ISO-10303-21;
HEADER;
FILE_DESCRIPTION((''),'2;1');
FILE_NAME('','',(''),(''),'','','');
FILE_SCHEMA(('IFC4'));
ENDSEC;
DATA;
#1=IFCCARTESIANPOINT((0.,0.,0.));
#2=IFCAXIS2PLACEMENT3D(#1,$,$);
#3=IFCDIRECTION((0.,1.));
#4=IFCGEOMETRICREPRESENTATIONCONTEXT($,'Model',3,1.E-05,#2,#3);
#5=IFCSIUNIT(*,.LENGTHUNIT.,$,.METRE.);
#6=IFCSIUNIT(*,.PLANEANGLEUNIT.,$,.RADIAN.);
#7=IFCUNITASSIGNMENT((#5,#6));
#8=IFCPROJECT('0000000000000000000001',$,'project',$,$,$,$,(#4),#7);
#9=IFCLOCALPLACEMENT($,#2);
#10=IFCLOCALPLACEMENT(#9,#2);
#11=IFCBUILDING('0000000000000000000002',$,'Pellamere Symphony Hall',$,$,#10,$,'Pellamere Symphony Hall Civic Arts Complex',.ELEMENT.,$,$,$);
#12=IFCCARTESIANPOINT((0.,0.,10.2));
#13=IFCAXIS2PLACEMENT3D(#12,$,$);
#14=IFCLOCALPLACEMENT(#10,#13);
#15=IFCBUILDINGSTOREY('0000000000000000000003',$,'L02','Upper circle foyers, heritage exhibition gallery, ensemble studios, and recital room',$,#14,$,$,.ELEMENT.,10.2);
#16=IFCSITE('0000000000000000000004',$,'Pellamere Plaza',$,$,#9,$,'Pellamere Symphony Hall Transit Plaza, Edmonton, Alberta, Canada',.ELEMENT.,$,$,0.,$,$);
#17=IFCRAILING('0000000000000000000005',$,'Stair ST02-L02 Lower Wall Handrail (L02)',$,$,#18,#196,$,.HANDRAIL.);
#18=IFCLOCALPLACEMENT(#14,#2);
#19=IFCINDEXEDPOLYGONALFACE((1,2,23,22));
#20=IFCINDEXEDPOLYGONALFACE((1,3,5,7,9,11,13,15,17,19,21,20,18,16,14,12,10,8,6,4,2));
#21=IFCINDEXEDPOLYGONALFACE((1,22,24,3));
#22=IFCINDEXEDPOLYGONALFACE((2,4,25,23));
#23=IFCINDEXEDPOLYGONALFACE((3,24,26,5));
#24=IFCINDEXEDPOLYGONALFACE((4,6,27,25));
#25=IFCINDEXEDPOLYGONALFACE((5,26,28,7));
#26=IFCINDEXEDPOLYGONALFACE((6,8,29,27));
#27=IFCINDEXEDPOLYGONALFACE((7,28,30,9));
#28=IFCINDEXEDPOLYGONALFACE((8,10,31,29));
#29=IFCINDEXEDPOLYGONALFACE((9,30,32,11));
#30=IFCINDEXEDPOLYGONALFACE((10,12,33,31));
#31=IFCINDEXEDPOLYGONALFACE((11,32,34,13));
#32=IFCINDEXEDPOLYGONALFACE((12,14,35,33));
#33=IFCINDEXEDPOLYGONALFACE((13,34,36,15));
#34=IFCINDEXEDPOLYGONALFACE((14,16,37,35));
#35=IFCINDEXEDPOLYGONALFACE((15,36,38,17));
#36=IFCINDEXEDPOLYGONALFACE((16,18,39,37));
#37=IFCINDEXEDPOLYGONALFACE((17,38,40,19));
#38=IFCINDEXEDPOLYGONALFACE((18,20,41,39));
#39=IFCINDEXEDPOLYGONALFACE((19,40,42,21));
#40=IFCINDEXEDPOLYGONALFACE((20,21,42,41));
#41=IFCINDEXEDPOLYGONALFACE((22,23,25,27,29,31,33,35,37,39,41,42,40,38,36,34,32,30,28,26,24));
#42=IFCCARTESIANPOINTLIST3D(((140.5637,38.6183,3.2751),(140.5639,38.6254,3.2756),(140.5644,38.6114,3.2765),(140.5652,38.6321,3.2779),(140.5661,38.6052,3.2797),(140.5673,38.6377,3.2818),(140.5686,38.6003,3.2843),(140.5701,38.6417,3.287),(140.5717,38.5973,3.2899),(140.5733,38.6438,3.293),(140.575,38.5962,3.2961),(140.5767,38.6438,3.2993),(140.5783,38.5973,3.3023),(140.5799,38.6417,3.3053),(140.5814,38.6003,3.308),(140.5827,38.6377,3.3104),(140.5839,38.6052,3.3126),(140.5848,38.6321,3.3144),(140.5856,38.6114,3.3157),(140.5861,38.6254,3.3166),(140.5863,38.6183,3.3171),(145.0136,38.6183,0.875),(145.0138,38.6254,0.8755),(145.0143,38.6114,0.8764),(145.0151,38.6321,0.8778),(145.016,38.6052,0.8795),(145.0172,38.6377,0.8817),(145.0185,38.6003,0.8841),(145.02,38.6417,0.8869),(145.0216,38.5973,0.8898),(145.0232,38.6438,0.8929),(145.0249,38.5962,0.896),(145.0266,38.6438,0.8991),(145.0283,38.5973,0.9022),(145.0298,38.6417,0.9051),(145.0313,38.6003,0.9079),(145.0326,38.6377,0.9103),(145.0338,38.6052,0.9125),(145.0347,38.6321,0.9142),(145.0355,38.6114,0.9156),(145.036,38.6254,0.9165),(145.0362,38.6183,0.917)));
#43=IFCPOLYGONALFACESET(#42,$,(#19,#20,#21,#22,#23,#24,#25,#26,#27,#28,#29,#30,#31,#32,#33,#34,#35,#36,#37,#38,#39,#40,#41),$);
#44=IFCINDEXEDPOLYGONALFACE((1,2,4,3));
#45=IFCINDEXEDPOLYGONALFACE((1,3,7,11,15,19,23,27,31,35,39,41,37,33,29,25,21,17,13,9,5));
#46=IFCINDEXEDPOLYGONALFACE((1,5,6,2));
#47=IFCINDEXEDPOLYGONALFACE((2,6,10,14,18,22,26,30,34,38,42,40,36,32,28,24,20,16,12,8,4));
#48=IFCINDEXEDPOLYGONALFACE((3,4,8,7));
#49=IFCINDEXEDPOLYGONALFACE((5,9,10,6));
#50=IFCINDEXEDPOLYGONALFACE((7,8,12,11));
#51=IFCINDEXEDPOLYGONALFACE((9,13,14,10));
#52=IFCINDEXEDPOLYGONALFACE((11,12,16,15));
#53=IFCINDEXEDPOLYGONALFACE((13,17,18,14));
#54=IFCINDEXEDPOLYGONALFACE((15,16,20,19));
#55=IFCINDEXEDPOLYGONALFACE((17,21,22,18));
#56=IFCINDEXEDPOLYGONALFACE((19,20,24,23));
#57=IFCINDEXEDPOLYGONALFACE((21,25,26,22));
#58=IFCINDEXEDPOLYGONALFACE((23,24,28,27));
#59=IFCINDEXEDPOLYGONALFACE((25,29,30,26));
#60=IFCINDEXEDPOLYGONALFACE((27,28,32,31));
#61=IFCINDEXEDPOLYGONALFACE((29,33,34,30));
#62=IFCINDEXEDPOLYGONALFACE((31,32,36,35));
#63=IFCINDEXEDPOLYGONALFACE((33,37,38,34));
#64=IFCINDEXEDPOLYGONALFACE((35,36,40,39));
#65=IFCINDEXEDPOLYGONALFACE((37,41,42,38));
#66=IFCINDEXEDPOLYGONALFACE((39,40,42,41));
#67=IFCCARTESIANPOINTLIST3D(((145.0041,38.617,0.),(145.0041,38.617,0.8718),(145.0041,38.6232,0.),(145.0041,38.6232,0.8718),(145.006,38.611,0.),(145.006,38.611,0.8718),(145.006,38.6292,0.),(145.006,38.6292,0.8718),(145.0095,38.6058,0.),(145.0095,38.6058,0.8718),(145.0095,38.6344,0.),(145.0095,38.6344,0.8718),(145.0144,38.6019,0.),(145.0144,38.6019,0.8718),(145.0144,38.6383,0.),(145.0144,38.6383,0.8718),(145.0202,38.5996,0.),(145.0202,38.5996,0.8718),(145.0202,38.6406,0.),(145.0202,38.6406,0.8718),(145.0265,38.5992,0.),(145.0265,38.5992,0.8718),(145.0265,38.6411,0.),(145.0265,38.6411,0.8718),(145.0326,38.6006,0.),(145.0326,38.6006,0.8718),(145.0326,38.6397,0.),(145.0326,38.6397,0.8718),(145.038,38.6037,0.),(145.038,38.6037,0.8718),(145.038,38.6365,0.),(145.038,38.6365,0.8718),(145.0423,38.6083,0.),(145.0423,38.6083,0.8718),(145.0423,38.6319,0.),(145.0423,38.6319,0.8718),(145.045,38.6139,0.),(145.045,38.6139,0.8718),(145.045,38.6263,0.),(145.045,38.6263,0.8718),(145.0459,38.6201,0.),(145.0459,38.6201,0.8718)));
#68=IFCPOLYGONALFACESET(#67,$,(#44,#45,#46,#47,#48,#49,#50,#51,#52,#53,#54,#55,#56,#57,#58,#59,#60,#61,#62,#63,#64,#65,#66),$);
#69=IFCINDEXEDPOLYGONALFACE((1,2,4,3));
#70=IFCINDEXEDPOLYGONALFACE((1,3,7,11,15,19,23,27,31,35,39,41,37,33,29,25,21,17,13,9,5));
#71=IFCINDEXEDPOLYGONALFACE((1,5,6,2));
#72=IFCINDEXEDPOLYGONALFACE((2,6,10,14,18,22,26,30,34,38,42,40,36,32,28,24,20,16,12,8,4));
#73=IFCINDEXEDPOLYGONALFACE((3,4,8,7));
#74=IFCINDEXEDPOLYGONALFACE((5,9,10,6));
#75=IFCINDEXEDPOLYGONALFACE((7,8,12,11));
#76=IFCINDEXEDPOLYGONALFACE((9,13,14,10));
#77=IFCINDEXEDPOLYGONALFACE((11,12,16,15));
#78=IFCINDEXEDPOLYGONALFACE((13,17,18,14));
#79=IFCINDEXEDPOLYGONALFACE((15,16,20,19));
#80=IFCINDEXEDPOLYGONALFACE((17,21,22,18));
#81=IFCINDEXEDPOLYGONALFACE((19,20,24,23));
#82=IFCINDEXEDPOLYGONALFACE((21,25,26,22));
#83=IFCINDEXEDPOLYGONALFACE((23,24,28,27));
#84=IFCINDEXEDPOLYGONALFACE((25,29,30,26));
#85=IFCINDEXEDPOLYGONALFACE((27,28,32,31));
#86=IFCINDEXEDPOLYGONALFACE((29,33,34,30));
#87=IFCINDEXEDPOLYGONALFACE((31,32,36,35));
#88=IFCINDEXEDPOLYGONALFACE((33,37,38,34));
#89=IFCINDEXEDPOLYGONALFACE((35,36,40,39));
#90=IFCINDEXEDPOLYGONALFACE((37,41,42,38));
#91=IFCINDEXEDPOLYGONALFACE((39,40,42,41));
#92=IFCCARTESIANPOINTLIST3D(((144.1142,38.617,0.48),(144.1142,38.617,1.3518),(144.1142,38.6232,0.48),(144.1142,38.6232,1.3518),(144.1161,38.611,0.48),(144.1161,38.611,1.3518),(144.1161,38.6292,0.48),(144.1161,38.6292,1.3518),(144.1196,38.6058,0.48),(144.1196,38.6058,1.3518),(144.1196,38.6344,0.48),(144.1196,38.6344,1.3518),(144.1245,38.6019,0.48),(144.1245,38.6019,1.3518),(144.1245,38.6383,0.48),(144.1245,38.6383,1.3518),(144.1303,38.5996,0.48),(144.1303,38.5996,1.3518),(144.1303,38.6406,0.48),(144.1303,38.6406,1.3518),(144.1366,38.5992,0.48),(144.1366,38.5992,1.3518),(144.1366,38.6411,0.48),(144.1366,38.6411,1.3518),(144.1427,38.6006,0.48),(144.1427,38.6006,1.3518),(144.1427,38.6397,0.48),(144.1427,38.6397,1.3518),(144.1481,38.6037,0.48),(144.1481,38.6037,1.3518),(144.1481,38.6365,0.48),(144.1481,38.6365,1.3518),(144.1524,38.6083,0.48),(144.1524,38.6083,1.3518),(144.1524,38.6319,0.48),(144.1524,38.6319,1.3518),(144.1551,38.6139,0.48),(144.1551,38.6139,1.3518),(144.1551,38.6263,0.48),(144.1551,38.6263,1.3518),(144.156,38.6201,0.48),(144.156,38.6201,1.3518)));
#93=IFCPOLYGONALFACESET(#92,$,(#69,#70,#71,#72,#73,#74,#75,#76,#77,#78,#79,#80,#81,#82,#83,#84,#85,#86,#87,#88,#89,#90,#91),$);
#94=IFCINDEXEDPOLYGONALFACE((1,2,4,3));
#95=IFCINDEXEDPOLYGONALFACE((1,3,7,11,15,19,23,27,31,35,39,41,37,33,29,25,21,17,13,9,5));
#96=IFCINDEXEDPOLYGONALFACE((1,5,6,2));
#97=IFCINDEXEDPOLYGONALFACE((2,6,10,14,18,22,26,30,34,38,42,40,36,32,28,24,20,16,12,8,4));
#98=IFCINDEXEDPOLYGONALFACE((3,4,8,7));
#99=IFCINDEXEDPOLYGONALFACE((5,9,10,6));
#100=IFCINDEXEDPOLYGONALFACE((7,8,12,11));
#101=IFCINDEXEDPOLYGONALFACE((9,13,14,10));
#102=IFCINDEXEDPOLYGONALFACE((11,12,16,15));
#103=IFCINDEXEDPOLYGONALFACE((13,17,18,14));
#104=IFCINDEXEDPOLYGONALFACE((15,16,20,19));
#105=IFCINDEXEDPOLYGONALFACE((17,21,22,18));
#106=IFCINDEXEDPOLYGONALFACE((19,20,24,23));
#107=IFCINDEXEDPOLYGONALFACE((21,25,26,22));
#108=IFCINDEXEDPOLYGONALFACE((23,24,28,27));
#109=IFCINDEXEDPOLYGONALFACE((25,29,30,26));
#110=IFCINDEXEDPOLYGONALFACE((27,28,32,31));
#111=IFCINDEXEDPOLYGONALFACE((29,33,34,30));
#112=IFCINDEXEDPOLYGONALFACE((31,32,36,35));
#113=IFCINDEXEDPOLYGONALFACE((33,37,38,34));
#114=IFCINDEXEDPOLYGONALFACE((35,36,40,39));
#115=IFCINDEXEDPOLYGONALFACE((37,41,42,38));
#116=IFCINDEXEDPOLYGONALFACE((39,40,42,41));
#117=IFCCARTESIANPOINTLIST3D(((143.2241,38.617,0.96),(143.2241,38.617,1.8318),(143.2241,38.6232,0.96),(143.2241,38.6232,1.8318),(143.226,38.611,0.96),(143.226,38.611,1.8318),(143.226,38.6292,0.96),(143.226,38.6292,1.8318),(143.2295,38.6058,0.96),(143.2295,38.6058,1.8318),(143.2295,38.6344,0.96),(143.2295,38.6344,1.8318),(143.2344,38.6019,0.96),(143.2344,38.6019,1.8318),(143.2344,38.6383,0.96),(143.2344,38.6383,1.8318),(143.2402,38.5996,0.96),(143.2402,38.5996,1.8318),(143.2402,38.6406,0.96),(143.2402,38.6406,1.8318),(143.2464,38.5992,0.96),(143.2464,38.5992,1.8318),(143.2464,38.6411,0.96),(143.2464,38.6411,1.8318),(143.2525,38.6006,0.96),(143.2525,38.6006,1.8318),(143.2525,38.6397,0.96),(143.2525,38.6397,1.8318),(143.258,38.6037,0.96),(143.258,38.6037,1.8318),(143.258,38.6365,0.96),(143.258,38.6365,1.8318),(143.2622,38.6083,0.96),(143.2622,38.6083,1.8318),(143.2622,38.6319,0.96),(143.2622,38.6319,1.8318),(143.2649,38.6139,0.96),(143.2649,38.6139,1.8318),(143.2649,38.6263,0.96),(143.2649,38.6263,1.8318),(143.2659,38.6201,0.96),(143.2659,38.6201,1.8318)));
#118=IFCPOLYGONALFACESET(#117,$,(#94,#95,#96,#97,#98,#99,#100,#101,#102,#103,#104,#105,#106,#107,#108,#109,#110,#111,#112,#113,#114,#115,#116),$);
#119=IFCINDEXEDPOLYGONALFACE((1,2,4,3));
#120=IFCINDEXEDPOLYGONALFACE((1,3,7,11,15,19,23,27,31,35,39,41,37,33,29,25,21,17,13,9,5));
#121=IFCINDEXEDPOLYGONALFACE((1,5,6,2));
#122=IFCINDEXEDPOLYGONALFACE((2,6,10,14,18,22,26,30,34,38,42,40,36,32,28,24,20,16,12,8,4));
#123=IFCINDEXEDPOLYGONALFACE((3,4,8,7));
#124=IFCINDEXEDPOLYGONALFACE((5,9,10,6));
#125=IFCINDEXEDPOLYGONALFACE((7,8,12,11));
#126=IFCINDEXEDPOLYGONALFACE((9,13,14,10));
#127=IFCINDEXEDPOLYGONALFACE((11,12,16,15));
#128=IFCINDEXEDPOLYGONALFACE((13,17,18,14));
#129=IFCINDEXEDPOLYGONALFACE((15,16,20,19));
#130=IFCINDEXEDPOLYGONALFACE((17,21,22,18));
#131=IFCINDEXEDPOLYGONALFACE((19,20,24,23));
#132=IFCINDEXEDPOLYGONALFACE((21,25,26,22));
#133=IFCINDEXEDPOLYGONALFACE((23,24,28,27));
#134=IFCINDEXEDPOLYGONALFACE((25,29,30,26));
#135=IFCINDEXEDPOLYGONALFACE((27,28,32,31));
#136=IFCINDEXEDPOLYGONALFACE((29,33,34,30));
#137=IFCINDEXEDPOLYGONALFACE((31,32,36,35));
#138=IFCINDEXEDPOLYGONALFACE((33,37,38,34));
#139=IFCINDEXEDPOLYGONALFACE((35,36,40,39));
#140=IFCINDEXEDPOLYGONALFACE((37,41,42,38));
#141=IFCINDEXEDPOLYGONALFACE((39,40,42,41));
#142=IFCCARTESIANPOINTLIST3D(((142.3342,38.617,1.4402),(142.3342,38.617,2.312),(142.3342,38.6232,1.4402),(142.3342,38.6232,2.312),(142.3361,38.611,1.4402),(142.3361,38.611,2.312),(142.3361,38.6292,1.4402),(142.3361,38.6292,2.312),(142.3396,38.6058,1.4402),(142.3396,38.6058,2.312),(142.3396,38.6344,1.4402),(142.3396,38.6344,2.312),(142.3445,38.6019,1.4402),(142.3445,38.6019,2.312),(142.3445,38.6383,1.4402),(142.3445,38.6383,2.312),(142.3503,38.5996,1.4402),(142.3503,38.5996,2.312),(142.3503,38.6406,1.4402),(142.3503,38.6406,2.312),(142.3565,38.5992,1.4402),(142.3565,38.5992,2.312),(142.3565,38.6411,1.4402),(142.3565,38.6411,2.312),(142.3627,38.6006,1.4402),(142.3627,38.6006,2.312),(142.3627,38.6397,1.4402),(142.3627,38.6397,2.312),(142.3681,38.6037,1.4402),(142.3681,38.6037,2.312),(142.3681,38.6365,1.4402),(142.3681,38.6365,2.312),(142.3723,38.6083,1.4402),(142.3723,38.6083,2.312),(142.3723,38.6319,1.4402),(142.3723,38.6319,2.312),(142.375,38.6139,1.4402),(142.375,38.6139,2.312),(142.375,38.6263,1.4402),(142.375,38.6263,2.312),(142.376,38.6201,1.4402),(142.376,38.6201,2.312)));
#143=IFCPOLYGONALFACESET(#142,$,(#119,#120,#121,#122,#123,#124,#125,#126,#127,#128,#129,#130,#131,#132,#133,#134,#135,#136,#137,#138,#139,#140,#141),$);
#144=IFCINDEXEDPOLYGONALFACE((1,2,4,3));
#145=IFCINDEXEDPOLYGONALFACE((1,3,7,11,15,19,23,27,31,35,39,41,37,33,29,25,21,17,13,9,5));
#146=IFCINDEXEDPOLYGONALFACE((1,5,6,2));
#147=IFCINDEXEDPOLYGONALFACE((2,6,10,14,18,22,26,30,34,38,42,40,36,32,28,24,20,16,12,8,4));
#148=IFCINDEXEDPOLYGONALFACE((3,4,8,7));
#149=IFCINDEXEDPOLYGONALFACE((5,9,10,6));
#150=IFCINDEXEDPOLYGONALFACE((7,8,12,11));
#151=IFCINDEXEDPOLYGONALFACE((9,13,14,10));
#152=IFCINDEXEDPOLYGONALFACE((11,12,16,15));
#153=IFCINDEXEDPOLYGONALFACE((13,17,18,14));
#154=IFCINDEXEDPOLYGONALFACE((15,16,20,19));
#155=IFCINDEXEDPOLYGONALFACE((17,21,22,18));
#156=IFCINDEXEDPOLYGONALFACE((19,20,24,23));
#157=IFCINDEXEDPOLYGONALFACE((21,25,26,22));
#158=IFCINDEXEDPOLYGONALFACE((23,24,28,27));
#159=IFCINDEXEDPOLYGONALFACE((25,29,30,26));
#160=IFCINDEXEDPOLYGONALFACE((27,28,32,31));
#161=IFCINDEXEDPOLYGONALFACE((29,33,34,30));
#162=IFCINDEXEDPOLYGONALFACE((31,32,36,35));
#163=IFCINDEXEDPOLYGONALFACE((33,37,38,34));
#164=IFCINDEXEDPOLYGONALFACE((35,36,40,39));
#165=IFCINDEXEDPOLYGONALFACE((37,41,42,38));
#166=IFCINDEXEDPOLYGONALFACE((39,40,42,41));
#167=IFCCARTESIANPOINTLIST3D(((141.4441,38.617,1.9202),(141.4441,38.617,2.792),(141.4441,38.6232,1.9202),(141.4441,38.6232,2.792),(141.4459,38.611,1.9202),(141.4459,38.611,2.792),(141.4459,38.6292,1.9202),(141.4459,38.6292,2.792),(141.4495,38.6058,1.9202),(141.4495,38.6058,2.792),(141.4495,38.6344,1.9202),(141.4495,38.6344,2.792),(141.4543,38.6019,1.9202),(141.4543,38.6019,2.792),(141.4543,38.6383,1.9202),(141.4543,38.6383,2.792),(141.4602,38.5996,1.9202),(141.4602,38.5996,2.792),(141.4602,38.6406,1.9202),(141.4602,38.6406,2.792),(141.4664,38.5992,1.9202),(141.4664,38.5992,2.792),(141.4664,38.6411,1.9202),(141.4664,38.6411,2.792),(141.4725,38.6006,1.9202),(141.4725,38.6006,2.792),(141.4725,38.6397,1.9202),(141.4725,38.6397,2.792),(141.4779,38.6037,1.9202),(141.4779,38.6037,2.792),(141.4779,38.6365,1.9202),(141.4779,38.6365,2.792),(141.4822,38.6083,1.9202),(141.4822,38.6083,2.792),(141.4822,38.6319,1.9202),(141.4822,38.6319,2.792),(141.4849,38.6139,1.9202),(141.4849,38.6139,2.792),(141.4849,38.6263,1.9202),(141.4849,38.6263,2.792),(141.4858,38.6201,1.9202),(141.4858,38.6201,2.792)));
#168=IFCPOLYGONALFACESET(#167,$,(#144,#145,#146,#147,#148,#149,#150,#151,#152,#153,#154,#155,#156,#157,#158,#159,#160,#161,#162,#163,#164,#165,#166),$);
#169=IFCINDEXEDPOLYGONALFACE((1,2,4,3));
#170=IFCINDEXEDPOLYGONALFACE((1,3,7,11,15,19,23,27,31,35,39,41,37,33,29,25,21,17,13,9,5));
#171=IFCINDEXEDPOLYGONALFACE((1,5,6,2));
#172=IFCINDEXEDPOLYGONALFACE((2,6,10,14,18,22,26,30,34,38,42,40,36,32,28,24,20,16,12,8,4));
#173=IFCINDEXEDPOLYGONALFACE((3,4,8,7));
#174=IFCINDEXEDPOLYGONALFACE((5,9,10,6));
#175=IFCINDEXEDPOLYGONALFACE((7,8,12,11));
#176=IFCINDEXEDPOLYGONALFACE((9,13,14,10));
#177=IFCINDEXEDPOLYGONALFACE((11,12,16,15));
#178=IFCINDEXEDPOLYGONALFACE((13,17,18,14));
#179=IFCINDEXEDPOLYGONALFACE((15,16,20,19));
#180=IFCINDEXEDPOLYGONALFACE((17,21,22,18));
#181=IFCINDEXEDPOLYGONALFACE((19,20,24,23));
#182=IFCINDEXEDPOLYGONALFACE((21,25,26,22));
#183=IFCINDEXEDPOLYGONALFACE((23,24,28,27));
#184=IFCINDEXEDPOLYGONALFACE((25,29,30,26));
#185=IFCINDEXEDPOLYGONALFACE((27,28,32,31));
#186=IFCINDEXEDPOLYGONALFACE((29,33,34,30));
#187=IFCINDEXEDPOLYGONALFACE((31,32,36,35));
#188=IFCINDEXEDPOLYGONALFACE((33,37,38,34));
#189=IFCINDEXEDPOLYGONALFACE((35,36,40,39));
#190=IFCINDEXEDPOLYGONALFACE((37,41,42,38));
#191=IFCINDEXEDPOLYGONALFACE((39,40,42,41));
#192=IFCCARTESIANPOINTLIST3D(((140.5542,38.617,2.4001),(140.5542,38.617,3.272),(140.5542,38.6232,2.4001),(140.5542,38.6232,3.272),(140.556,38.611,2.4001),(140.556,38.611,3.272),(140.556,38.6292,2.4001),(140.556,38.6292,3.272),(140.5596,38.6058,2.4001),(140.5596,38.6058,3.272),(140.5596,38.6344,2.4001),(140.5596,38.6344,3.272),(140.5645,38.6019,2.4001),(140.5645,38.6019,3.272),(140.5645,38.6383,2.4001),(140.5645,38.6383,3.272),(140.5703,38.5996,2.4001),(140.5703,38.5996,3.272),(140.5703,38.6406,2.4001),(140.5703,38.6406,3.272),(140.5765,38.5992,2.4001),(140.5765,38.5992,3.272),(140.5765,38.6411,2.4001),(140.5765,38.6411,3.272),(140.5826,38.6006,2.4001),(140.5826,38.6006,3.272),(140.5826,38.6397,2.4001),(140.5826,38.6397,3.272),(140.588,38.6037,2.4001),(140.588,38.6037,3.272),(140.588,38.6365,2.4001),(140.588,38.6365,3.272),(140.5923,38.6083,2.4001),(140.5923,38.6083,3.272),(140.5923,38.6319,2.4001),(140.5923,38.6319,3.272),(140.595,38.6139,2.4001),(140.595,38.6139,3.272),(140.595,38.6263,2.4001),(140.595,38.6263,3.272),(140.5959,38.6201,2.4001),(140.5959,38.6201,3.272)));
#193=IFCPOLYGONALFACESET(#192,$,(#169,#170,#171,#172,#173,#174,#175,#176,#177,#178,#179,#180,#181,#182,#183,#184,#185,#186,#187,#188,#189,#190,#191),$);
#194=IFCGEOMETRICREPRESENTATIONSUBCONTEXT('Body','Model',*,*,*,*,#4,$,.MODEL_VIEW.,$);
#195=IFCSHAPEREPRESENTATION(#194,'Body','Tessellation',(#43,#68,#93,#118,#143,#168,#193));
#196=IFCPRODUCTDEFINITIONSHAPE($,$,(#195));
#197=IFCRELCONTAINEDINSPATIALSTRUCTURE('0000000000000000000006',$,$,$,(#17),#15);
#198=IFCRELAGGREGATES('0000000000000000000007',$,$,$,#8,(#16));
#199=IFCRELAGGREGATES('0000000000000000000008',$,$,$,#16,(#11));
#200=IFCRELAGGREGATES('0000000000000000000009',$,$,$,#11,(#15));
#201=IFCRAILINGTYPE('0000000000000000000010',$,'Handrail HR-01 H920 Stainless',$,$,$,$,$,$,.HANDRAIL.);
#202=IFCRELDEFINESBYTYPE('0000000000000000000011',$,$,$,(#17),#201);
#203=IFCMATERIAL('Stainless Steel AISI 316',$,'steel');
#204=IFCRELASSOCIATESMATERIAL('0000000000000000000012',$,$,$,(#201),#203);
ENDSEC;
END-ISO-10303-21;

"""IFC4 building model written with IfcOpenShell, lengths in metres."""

from ifc_helpers import new_model, si_unit, direction, frame, origin, origin_2d, place, context, subcontext, project, spatial, circle, extrude, material, type_object, element, save


model = new_model("IFC4")

# Units and contexts
model_context = context("Model", 3, precision=1e-05, world=origin(), true_north=direction((0.0, 1.0)))
body_context = subcontext(model_context, "Body", "Model", "MODEL_VIEW")
ifc_project = project(units=[si_unit("LENGTHUNIT", "METRE"), si_unit("PLANEANGLEUNIT", "RADIAN")], contexts=[model_context])

# Site, building, storey
site_placement = place(None, origin())
site = spatial("IfcSite", under=ifc_project, at=site_placement, Name="Pellamere Plaza", LongName="Pellamere Symphony Hall Transit Plaza, Edmonton, Alberta, Canada", CompositionType="ELEMENT", RefElevation=0.0)
building_placement = place(site_placement, origin())
building = spatial("IfcBuilding", under=site, at=building_placement, Name="Pellamere Symphony Hall", LongName="Pellamere Symphony Hall Civic Arts Complex", CompositionType="ELEMENT")
storey_placement = place(building_placement, frame((0.0, 0.0, 10.2)))
storey = spatial("IfcBuildingStorey", under=building, at=storey_placement, Name="L02", Description="Upper circle foyers, heritage exhibition gallery, ensemble studios, and recital room", CompositionType="ELEMENT", Elevation=10.2)

# Railing
ifc_material_1 = material(Name="Stainless Steel AISI 316", Category="steel")
railing_type_1 = type_object("IfcRailingType", Name="Handrail HR-01 H920 Stainless", PredefinedType="HANDRAIL", material=ifc_material_1)
railing_1_placement = place(storey_placement, frame((145.0249, 38.6201, 0.0)))
element("IfcRailing", 1, at=railing_1_placement, inside=storey, type_object=railing_type_1, Name="Stair ST02-L02 Lower Wall Handrail (L02)", PredefinedType="HANDRAIL", context=body_context, shape_type="SweptSolid", body=[
    extrude(circle(Radius=0.0239, at=origin_2d()), frame((0.0, 0.0, 0.896), z_axis=(-0.880139, 0.0, 0.474716), x_axis=(0.0, -1.0, 0.0)), (0.0, 0.0, 1.0), 5.0559),
    extrude(circle(Radius=0.021, at=origin_2d()), origin(), (0.0, 0.0, 1.0), 0.8718),
    extrude(circle(Radius=0.021, at=origin_2d()), frame((-0.8899, 0.0, 0.48)), (0.0, 0.0, 1.0), 0.8718),
    extrude(circle(Radius=0.021, at=origin_2d()), frame((-1.78, 0.0, 0.96)), (0.0, 0.0, 1.0), 0.8718),
    extrude(circle(Radius=0.021, at=origin_2d()), frame((-2.6699, 0.0, 1.4402)), (0.0, 0.0, 1.0), 0.8718),
    extrude(circle(Radius=0.021, at=origin_2d()), frame((-3.5601, 0.0, 1.9202)), (0.0, 0.0, 1.0), 0.8718),
    extrude(circle(Radius=0.021, at=origin_2d()), frame((-4.45, 0.0, 2.4001)), (0.0, 0.0, 1.0), 0.8718),
])

save(model, "model.ifc")
